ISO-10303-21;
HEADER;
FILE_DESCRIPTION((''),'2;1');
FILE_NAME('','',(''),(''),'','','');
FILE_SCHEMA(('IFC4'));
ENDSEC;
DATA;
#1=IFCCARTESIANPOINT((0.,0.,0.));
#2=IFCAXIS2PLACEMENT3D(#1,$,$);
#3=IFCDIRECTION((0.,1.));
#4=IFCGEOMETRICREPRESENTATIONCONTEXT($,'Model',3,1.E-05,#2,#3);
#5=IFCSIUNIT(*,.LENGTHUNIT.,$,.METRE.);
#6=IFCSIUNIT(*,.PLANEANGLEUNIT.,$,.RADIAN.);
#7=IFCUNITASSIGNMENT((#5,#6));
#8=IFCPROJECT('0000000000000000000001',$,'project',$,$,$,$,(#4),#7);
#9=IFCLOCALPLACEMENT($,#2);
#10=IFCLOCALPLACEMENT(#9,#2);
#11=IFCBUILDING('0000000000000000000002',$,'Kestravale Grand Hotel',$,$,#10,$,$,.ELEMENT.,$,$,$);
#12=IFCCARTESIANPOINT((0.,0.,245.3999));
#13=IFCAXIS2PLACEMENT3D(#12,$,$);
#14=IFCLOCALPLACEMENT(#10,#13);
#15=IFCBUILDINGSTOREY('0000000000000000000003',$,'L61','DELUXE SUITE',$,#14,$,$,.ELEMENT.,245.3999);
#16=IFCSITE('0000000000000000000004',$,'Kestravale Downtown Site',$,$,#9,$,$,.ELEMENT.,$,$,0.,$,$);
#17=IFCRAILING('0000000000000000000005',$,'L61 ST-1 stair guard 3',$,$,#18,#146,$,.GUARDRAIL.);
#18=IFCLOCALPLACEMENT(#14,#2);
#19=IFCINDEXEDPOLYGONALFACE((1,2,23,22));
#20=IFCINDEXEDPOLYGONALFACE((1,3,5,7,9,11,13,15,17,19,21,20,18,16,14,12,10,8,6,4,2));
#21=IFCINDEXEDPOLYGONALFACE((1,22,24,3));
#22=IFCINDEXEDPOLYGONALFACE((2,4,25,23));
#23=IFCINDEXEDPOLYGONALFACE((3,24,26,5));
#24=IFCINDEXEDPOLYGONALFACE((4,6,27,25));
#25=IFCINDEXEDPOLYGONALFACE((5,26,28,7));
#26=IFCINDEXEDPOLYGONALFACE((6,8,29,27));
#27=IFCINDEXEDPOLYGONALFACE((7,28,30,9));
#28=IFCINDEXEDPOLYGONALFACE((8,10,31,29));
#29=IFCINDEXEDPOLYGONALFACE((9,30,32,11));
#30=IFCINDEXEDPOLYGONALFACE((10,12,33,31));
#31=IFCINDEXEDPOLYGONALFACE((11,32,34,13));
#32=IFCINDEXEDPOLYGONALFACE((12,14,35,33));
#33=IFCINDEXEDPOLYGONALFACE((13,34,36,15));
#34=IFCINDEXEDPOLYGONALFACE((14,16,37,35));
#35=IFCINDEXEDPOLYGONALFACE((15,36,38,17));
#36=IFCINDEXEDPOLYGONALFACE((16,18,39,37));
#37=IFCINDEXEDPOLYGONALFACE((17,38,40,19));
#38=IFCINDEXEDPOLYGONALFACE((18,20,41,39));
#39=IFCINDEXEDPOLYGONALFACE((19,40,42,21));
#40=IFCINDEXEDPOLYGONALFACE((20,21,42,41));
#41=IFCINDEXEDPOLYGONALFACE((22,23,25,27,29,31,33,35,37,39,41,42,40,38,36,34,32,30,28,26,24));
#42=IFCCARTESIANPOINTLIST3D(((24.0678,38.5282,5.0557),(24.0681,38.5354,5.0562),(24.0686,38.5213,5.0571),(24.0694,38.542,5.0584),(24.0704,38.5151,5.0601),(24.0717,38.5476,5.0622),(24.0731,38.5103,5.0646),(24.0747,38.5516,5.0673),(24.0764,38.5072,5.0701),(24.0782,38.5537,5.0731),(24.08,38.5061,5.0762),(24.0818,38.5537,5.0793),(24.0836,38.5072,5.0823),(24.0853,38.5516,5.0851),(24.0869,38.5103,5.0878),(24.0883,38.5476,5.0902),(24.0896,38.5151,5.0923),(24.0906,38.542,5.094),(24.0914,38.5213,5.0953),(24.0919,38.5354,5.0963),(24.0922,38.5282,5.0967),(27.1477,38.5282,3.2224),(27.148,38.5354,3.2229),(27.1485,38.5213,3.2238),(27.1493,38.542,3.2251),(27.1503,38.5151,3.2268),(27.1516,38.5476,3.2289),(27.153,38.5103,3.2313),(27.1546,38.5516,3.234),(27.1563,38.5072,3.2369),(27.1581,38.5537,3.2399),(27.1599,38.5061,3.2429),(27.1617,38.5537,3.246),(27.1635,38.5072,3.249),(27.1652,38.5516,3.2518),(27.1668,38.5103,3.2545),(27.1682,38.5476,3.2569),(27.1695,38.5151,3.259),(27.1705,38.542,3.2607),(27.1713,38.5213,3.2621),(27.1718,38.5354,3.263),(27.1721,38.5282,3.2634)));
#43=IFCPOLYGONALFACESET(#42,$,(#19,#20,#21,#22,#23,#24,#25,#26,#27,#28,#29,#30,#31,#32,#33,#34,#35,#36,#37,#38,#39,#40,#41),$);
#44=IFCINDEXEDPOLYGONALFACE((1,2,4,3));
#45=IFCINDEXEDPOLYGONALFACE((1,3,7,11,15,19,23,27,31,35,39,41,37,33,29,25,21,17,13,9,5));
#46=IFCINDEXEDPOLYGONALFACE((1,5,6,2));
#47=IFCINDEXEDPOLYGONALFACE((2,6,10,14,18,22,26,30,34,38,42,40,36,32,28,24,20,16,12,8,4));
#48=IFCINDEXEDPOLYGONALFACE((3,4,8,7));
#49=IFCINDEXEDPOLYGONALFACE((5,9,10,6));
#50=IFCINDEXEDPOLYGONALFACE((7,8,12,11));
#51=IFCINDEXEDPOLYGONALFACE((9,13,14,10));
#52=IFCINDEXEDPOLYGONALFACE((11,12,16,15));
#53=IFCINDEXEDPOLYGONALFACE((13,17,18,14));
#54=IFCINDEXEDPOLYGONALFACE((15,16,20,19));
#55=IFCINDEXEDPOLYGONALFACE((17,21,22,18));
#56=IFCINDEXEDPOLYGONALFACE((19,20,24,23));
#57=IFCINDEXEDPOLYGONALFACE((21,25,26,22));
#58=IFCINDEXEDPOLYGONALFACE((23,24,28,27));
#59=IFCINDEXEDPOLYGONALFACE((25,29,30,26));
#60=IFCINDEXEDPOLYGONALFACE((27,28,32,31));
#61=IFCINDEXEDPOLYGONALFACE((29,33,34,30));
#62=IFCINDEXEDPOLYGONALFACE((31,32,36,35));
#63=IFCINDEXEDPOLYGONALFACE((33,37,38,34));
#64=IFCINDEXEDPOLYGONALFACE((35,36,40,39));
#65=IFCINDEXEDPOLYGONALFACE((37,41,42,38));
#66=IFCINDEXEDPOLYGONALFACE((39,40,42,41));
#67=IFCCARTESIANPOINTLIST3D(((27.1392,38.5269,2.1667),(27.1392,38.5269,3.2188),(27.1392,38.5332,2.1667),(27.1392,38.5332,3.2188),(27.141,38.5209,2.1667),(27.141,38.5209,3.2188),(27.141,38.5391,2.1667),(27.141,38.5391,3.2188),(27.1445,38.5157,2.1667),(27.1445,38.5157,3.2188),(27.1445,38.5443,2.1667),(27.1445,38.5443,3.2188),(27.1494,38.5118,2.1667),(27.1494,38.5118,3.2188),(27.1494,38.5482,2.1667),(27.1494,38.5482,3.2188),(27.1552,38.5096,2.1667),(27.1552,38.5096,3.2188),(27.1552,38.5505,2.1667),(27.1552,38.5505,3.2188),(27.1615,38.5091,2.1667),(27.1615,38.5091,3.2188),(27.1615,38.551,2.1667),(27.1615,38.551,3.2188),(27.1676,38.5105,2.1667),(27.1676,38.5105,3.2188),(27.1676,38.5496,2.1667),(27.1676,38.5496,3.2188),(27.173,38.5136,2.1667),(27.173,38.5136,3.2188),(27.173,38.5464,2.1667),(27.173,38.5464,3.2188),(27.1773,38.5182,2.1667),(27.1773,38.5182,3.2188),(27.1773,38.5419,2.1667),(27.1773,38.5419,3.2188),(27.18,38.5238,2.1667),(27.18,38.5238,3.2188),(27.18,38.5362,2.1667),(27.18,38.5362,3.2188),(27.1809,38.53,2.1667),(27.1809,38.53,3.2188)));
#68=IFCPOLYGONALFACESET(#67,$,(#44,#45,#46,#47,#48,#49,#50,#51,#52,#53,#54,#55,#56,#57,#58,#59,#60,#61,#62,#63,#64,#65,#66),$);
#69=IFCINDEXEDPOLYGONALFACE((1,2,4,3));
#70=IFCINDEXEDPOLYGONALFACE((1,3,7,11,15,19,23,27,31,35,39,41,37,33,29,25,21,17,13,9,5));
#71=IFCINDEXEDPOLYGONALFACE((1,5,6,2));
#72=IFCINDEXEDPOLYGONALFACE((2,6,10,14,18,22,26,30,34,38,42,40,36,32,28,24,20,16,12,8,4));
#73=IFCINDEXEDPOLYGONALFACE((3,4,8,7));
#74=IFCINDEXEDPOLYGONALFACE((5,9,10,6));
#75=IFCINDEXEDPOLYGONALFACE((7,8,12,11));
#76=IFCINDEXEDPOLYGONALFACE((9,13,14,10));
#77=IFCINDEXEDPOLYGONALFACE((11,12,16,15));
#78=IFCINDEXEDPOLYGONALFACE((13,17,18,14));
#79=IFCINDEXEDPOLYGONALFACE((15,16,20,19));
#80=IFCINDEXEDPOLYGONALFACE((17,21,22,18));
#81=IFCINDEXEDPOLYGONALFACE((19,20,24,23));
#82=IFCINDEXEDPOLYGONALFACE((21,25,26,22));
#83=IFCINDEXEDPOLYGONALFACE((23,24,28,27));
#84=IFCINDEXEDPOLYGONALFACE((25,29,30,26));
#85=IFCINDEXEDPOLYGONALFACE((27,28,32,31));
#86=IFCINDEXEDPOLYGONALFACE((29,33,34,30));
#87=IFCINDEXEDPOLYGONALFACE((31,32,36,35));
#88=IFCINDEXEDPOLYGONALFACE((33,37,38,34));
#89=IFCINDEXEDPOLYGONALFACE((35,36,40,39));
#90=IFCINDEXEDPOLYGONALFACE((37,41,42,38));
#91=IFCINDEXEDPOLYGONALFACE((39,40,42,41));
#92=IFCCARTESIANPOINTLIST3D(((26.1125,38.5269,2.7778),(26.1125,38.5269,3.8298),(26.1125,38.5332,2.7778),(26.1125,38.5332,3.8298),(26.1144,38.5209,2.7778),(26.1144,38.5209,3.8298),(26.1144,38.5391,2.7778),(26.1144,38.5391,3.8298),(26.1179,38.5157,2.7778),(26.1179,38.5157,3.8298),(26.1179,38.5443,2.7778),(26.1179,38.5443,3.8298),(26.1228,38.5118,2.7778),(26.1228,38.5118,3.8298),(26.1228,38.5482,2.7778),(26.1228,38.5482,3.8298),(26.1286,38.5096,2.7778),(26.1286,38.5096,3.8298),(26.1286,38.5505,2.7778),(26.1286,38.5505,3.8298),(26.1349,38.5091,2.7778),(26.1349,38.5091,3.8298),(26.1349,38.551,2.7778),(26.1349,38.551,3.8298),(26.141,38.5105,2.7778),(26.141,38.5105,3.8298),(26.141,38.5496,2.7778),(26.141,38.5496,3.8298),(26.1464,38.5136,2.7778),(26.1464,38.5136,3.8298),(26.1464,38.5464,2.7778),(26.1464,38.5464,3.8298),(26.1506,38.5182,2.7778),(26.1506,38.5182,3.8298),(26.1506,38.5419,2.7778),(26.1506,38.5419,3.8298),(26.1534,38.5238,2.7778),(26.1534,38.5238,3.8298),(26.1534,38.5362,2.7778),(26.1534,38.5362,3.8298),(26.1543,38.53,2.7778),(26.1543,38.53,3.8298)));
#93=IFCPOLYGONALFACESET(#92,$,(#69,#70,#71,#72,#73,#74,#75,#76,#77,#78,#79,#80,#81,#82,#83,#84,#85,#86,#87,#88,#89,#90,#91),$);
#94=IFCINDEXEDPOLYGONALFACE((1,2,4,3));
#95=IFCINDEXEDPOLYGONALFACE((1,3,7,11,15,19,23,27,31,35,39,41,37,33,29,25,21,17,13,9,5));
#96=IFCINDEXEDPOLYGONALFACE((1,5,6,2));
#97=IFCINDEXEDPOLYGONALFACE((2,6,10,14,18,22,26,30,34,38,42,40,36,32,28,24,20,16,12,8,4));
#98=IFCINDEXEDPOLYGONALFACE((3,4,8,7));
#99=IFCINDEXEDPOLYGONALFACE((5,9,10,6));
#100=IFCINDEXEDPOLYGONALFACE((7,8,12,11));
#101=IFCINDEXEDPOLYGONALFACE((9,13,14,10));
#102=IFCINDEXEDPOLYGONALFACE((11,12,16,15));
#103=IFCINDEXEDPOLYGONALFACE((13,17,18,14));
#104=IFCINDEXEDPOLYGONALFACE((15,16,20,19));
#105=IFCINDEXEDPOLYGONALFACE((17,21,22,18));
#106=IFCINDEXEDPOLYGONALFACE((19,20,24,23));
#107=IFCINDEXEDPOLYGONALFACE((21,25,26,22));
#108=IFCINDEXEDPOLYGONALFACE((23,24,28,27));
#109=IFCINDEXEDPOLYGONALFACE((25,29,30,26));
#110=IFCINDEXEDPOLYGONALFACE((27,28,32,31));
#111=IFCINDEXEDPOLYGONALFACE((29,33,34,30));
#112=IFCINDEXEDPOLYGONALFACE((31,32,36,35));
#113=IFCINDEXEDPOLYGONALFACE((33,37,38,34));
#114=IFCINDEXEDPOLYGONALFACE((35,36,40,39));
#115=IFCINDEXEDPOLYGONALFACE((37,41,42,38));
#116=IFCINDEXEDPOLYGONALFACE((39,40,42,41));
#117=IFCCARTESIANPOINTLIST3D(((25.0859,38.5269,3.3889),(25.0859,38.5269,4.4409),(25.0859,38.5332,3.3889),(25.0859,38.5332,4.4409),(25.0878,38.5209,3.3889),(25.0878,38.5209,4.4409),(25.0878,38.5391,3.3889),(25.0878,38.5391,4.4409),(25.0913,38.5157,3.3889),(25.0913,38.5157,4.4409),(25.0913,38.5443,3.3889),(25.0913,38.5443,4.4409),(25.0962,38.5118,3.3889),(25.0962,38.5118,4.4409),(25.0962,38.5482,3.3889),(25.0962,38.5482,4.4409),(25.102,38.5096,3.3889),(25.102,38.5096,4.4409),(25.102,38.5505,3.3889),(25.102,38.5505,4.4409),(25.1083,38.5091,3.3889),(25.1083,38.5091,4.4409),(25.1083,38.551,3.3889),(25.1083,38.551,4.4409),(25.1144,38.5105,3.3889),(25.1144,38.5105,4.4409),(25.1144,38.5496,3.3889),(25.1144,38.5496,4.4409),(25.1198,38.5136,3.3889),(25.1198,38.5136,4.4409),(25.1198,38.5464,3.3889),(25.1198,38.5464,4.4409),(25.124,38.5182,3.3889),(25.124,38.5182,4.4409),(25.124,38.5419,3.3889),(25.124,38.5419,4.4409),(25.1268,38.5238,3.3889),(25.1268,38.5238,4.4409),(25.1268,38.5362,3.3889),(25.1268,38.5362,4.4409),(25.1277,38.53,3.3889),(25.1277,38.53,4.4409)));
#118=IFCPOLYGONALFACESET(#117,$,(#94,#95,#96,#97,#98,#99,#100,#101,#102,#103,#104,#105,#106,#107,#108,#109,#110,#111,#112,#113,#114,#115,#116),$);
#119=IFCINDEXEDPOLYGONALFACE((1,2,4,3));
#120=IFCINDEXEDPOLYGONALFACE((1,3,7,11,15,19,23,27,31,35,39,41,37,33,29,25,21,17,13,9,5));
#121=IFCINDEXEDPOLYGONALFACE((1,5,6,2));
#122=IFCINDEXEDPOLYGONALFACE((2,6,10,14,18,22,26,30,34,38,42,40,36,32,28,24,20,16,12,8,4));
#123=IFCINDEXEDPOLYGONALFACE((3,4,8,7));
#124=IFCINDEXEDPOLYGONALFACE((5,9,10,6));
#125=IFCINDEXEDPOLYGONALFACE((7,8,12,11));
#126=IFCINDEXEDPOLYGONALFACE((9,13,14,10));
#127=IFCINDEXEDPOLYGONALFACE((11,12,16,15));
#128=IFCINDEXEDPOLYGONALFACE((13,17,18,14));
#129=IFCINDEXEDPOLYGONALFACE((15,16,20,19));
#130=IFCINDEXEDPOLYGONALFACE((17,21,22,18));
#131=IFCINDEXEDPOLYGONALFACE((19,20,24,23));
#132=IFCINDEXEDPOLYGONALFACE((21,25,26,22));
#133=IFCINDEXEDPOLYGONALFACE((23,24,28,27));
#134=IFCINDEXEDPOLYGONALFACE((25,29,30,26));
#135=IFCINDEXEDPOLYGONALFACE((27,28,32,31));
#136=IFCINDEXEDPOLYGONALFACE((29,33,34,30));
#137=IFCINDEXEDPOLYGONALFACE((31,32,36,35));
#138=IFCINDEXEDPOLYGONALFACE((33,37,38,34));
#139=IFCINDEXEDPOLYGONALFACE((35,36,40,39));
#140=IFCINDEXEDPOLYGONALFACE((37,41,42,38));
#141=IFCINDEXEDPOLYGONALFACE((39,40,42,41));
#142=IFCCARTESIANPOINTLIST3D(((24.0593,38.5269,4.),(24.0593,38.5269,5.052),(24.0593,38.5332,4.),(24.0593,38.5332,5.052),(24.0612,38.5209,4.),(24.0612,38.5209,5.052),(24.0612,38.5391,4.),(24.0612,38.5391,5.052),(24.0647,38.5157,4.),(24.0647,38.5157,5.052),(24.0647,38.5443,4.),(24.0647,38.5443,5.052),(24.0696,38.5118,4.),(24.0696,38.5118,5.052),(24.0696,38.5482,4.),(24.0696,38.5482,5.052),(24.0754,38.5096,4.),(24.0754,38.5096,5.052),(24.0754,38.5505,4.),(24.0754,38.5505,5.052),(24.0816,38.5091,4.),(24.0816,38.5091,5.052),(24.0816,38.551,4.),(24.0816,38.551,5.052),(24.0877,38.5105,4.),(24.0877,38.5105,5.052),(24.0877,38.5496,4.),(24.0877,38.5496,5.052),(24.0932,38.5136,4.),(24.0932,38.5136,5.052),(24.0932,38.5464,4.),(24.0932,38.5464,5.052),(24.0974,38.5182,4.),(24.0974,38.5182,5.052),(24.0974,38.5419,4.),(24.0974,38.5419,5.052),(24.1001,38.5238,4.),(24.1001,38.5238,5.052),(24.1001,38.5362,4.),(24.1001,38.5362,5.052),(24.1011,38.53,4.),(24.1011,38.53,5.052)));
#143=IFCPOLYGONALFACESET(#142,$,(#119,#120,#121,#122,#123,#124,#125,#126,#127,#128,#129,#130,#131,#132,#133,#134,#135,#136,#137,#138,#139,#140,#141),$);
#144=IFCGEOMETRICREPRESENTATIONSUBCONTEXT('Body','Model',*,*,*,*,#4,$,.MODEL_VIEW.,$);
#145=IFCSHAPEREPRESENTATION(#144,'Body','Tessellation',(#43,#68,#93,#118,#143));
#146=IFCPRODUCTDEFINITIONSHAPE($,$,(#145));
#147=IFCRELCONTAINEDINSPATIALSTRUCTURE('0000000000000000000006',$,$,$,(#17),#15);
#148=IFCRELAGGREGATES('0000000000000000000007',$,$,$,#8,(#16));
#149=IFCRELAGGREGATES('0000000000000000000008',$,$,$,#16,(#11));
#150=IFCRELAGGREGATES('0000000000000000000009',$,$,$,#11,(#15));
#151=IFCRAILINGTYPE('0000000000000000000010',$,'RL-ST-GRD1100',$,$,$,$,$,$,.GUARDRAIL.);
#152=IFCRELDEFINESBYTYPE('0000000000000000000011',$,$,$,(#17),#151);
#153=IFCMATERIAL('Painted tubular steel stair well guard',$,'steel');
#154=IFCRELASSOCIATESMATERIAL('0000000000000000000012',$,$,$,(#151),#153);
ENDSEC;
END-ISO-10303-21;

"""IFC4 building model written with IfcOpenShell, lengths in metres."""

from ifc_helpers import new_model, si_unit, direction, frame, origin, origin_2d, place, context, subcontext, project, spatial, circle, extrude, material, type_object, element, save


model = new_model("IFC4")

# Units and contexts
model_context = context("Model", 3, precision=1e-05, world=origin(), true_north=direction((0.0, 1.0)))
body_context = subcontext(model_context, "Body", "Model", "MODEL_VIEW")
ifc_project = project(units=[si_unit("LENGTHUNIT", "METRE"), si_unit("PLANEANGLEUNIT", "RADIAN")], contexts=[model_context])

# Site, building, storey
site_placement = place(None, origin())
site = spatial("IfcSite", under=ifc_project, at=site_placement, Name="Kestravale Downtown Site", CompositionType="ELEMENT", RefElevation=0.0)
building_placement = place(site_placement, origin())
building = spatial("IfcBuilding", under=site, at=building_placement, Name="Kestravale Grand Hotel", CompositionType="ELEMENT")
storey_placement = place(building_placement, frame((0.0, 0.0, 245.3999)))
storey = spatial("IfcBuildingStorey", under=building, at=storey_placement, Name="L61", Description="DELUXE SUITE", CompositionType="ELEMENT", Elevation=245.3999)

# Railing
ifc_material_1 = material(Name="Painted tubular steel stair well guard", Category="steel")
railing_type_1 = type_object("IfcRailingType", Name="RL-ST-GRD1100", PredefinedType="GUARDRAIL", material=ifc_material_1)
railing_1_placement = place(storey_placement, frame((27.1599, 38.53, 2.1667)))
element("IfcRailing", 1, at=railing_1_placement, inside=storey, type_object=railing_type_1, Name="L61 ST-1 stair guard 3", PredefinedType="GUARDRAIL", context=body_context, shape_type="SweptSolid", body=[
    extrude(circle(Radius=0.0239, at=origin_2d()), frame((0.0, 0.0, 1.0762), z_axis=(-0.859291, 0.0, 0.511487), x_axis=(0.0, -1.0, 0.0)), (0.0, 0.0, 1.0), 3.5842),
    extrude(circle(Radius=0.021, at=origin_2d()), origin(), (0.0, 0.0, 1.0), 1.052),
    extrude(circle(Radius=0.021, at=origin_2d()), frame((-1.0266, 0.0, 0.6111)), (0.0, 0.0, 1.0), 1.052),
    extrude(circle(Radius=0.021, at=origin_2d()), frame((-2.0532, 0.0, 1.2222)), (0.0, 0.0, 1.0), 1.052),
    extrude(circle(Radius=0.021, at=origin_2d()), frame((-3.0798, 0.0, 1.8333)), (0.0, 0.0, 1.0), 1.052),
])

save(model, "model.ifc")
